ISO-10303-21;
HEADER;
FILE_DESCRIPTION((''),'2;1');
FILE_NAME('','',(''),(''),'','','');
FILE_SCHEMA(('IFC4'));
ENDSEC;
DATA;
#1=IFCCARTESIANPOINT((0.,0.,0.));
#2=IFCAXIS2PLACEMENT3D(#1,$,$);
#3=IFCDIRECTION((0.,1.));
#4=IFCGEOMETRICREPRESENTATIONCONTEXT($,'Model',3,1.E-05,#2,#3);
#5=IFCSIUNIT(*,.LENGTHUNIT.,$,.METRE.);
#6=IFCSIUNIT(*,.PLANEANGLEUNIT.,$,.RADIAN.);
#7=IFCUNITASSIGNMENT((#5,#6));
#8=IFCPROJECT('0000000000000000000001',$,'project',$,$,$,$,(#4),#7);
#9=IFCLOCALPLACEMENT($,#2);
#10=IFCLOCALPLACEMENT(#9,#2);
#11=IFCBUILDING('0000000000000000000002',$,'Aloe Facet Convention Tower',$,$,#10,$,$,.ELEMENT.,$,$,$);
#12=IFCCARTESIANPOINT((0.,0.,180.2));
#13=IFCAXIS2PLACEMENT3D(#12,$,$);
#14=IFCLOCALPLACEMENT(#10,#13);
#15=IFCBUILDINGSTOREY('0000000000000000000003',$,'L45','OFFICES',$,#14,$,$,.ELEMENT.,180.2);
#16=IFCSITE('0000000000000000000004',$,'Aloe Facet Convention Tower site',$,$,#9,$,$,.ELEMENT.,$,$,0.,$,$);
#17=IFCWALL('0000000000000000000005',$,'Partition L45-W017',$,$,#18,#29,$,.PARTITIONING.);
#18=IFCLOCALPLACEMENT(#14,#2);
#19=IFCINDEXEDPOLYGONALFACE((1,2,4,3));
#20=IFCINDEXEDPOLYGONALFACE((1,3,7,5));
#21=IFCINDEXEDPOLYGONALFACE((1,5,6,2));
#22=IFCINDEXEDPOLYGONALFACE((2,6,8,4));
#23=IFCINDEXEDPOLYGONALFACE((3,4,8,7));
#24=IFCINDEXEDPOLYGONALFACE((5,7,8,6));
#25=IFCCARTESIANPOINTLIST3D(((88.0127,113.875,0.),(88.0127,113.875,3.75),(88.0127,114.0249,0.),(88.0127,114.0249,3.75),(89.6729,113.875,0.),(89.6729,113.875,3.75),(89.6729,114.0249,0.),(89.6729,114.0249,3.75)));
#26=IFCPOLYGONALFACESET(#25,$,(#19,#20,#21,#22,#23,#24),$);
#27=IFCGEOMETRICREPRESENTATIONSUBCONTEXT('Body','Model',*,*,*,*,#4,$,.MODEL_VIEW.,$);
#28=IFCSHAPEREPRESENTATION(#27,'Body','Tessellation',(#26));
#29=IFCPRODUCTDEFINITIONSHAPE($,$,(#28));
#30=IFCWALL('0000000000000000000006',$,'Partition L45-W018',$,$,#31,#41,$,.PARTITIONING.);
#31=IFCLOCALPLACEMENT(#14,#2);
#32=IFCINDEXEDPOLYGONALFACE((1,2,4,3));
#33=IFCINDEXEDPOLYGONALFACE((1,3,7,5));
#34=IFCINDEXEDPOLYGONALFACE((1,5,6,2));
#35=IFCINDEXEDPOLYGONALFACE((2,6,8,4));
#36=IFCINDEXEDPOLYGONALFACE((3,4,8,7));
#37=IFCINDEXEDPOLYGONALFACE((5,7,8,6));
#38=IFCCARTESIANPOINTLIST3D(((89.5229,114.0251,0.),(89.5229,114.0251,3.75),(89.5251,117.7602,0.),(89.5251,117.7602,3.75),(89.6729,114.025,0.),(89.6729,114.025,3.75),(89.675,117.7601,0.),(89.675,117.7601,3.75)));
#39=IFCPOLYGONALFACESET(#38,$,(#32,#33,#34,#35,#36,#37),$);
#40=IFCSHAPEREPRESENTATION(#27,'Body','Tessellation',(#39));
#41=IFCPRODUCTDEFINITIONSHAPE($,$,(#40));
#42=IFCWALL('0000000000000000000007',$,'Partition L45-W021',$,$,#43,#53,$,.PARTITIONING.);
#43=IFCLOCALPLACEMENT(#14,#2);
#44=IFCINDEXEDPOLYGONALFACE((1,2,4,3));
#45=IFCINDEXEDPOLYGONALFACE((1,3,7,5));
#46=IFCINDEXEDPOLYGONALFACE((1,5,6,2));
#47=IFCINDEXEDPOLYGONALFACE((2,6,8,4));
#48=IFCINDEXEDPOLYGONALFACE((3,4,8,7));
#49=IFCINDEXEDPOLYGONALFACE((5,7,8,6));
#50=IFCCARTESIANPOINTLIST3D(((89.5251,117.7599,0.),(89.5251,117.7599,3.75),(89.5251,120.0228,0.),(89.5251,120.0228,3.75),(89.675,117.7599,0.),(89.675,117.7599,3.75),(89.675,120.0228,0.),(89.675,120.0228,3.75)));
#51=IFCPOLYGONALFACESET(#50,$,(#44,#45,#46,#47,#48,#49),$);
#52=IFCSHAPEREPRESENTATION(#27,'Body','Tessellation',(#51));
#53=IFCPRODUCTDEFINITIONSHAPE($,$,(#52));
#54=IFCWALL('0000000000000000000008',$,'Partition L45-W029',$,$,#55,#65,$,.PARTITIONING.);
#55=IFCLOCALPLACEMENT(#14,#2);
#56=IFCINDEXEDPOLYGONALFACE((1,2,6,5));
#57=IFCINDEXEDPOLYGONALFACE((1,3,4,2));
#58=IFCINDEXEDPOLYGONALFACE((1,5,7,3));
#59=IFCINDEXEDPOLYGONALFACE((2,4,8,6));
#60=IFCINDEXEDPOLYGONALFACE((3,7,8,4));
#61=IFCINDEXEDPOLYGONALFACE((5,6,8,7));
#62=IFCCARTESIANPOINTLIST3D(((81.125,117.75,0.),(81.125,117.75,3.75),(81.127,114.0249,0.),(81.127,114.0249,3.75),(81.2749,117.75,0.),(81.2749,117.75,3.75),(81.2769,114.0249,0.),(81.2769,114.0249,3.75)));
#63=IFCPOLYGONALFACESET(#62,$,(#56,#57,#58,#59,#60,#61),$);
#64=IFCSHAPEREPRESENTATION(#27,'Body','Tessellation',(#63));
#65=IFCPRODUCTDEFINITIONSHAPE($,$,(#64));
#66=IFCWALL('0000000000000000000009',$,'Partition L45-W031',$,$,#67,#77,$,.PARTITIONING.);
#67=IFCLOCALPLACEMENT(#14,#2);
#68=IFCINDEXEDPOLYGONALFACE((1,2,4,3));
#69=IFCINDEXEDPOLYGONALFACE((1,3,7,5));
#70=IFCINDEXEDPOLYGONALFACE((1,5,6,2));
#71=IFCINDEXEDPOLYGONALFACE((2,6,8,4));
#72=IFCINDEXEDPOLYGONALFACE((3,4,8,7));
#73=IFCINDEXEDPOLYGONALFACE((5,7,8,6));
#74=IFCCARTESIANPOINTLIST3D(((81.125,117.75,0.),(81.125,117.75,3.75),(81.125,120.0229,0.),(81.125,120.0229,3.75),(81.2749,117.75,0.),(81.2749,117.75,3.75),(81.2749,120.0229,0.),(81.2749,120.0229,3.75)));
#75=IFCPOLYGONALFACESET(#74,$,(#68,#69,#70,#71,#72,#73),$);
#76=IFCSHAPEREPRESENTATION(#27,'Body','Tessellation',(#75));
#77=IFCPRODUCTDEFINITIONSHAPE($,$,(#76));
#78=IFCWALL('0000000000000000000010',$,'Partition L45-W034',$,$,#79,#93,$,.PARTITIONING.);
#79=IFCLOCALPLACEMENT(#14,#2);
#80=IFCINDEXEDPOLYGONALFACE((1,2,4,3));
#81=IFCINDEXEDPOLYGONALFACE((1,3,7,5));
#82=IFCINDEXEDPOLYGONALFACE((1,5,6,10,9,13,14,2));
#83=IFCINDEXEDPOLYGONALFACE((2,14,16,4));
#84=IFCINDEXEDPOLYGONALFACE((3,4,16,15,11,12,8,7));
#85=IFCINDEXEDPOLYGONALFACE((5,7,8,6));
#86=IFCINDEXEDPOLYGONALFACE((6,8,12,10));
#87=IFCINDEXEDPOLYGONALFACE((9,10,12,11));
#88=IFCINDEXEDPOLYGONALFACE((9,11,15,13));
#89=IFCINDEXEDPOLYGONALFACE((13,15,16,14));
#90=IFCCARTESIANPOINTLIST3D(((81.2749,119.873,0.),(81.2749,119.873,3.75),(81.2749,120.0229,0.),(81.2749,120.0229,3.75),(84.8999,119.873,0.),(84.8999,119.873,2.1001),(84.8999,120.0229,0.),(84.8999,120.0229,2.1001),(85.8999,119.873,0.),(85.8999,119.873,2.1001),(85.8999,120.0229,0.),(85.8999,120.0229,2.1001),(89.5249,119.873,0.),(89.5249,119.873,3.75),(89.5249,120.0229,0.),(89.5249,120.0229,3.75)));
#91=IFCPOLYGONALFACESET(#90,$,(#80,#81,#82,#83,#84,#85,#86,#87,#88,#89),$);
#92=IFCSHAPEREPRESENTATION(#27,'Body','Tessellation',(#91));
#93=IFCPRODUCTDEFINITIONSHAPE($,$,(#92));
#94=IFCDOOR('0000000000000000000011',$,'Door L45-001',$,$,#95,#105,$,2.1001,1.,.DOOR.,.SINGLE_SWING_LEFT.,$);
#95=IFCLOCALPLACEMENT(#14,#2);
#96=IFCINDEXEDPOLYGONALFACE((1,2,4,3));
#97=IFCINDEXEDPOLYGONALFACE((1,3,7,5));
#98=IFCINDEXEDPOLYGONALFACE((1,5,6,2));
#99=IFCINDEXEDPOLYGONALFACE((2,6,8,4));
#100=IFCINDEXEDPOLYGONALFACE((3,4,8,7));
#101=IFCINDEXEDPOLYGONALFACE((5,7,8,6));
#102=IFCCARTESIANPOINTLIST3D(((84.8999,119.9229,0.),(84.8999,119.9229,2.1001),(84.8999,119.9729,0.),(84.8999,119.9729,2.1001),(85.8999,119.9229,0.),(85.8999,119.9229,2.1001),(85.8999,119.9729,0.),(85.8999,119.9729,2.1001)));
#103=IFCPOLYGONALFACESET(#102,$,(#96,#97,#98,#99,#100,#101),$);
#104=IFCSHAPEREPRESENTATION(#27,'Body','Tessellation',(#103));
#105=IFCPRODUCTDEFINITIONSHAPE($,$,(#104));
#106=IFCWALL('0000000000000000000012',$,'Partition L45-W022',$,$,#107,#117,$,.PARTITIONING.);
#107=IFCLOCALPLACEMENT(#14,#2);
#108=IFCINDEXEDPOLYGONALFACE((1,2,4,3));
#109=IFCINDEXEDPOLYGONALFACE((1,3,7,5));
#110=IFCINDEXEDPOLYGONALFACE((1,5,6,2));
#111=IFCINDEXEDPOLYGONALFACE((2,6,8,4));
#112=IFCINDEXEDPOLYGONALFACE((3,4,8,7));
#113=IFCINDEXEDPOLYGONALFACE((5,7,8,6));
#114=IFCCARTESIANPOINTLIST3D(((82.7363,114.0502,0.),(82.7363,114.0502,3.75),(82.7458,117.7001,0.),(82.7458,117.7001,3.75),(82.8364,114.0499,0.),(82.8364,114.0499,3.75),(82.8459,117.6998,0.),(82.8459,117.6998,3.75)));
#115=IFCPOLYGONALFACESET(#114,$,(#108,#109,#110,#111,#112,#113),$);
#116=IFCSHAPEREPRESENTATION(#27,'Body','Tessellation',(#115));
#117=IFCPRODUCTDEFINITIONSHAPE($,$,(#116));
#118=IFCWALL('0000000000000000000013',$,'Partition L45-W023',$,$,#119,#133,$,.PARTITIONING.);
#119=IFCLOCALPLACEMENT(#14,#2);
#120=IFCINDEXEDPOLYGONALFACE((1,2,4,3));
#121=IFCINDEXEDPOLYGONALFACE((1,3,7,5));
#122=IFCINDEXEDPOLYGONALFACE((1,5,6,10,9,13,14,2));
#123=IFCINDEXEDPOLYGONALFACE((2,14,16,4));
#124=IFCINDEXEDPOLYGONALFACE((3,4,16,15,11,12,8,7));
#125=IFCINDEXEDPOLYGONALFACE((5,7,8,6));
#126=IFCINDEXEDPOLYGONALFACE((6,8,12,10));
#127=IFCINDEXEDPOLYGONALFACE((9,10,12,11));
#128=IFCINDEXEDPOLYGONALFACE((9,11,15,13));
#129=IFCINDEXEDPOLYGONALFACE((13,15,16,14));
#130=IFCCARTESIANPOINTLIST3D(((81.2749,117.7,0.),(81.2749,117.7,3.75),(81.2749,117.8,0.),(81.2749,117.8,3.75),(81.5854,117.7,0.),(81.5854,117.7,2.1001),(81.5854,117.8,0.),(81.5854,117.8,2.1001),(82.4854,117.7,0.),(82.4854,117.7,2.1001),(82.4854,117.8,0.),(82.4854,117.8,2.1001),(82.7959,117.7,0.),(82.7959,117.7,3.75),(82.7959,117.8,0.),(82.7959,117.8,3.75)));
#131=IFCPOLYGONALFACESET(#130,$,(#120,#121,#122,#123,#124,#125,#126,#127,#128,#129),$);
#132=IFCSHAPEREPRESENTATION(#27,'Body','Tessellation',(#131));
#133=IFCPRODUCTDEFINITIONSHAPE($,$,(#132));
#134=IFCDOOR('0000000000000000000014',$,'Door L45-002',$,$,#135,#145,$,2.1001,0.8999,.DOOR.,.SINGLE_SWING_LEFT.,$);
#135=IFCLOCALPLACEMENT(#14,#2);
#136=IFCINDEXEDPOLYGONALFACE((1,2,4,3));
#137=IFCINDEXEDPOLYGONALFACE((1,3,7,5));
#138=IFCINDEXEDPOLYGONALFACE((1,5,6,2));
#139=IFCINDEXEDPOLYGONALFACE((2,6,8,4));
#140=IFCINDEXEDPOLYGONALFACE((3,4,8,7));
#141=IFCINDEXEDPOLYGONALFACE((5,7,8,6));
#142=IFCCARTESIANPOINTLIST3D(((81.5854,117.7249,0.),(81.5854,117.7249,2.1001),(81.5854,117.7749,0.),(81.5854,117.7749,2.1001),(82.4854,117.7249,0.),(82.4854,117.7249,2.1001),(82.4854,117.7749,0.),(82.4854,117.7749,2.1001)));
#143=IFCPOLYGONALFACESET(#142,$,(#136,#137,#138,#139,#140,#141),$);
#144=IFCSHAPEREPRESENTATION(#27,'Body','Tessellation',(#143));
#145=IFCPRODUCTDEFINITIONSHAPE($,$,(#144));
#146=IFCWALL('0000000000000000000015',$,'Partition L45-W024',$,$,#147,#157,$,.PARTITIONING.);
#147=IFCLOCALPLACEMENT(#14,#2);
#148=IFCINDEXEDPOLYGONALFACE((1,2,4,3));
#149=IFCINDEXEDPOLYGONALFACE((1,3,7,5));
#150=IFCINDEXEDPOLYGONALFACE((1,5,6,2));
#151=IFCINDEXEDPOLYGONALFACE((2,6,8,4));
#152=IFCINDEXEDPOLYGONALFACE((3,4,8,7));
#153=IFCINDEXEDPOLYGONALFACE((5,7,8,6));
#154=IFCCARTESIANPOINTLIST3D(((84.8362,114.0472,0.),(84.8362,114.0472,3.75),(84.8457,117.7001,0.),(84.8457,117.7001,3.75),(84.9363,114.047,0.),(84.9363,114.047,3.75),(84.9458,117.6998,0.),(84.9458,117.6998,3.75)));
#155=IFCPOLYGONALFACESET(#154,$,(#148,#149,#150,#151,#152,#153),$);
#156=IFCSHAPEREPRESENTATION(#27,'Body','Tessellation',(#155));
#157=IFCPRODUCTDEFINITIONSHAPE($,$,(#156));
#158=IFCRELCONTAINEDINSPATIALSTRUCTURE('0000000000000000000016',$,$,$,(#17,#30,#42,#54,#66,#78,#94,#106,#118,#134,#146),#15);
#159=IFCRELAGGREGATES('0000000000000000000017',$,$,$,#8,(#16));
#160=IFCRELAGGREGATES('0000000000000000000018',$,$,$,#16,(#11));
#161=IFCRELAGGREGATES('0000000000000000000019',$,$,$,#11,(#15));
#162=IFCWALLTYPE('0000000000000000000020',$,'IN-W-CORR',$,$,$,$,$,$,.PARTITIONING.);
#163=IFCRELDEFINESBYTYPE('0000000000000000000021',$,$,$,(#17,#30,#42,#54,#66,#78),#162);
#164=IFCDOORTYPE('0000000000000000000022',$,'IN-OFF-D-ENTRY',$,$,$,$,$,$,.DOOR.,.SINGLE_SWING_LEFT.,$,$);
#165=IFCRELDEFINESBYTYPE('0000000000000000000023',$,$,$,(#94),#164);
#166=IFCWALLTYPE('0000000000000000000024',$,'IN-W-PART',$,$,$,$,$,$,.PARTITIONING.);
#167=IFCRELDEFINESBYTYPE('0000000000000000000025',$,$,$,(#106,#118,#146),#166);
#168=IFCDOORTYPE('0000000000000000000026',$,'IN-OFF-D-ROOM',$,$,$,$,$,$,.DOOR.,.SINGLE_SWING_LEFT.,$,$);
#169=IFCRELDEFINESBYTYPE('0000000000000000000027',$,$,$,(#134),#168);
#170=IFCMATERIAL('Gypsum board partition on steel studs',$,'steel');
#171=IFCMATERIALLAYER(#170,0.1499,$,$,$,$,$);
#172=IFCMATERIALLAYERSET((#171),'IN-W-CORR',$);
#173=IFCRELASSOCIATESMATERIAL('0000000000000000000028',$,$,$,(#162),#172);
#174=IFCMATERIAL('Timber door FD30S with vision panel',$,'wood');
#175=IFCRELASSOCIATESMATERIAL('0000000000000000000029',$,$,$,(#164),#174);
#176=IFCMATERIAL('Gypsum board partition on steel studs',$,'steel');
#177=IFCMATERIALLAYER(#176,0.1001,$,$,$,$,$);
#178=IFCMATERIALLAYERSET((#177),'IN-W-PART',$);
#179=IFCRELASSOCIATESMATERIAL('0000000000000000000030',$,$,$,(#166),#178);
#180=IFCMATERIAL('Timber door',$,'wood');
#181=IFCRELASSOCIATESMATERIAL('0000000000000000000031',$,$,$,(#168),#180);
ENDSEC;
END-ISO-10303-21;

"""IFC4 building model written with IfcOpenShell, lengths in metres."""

from ifc_helpers import new_model, si_unit, direction, frame, frame_2d, origin, place, context, subcontext, project, spatial, rectangle, extrude, material, layer, layer_set, type_object, element, fill, save


model = new_model("IFC4")

# Units and contexts
model_context = context("Model", 3, precision=1e-05, world=origin(), true_north=direction((0.0, 1.0)))
body_context = subcontext(model_context, "Body", "Model", "MODEL_VIEW")
ifc_project = project(units=[si_unit("LENGTHUNIT", "METRE"), si_unit("PLANEANGLEUNIT", "RADIAN")], contexts=[model_context])

# Site, building, storey
site_placement = place(None, origin())
site = spatial("IfcSite", under=ifc_project, at=site_placement, Name="Aloe Facet Convention Tower site", CompositionType="ELEMENT", RefElevation=0.0)
building_placement = place(site_placement, origin())
building = spatial("IfcBuilding", under=site, at=building_placement, Name="Aloe Facet Convention Tower", CompositionType="ELEMENT")
storey_placement = place(building_placement, frame((0.0, 0.0, 180.2)))
storey = spatial("IfcBuildingStorey", under=building, at=storey_placement, Name="L45", Description="OFFICES", CompositionType="ELEMENT", Elevation=180.2)

# Walls
ifc_material_1 = material(Name="Gypsum board partition on steel studs", Category="steel")
ifc_layer_1 = layer(ifc_material_1, 0.1499)
ifc_layer_set_1 = layer_set([ifc_layer_1], Name="IN-W-CORR")
wall_type_1 = type_object("IfcWallType", Name="IN-W-CORR", PredefinedType="PARTITIONING", material=ifc_layer_set_1)
wall_1_placement = place(storey_placement, frame((88.0127, 113.95, 0.0), z_axis=(0.0, 0.0, 1.0), x_axis=(1.0, 0.0, 0.0)))
element("IfcWall", 1, at=wall_1_placement, inside=storey, type_object=wall_type_1, Name="Partition L45-W017", PredefinedType="PARTITIONING", context=body_context, shape_type="SweptSolid", body=[
    extrude(rectangle(XDim=1.6602, YDim=0.1499, at=frame_2d((0.8301, 0.0))), origin(), (0.0, 0.0, 1.0), 3.75),
])
wall_2_placement = place(storey_placement, frame((89.5979, 114.0249, 0.0), z_axis=(0.0, 0.0, 1.0), x_axis=(0.000588, 1.0, 0.0)))
element("IfcWall", 2, at=wall_2_placement, inside=storey, type_object=wall_type_1, Name="Partition L45-W018", PredefinedType="PARTITIONING", context=body_context, shape_type="SweptSolid", body=[
    extrude(rectangle(XDim=3.7351, YDim=0.1499, at=frame_2d((1.8677, 0.0))), origin(), (0.0, 0.0, 1.0), 3.75),
])
wall_3_placement = place(storey_placement, frame((89.6001, 117.76, 0.0), z_axis=(0.0, 0.0, 1.0), x_axis=(0.0, 1.0, 0.0)))
element("IfcWall", 3, at=wall_3_placement, inside=storey, type_object=wall_type_1, Name="Partition L45-W021", PredefinedType="PARTITIONING", context=body_context, shape_type="SweptSolid", body=[
    extrude(rectangle(XDim=2.2629, YDim=0.1499, at=frame_2d((1.1313, 0.0))), origin(), (0.0, 0.0, 1.0), 3.75),
])
wall_4_placement = place(storey_placement, frame((81.2019, 114.0249, 0.0), z_axis=(0.0, 0.0, 1.0), x_axis=(-0.000524, 1.0, 0.0)))
element("IfcWall", 4, at=wall_4_placement, inside=storey, type_object=wall_type_1, Name="Partition L45-W029", PredefinedType="PARTITIONING", context=body_context, shape_type="SweptSolid", body=[
    extrude(rectangle(XDim=3.7251, YDim=0.1499, at=frame_2d((1.8625, 0.0))), origin(), (0.0, 0.0, 1.0), 3.75),
])
wall_5_placement = place(storey_placement, frame((81.2, 117.75, 0.0), z_axis=(0.0, 0.0, 1.0), x_axis=(0.0, 1.0, 0.0)))
element("IfcWall", 5, at=wall_5_placement, inside=storey, type_object=wall_type_1, Name="Partition L45-W031", PredefinedType="PARTITIONING", context=body_context, shape_type="SweptSolid", body=[
    extrude(rectangle(XDim=2.2729, YDim=0.1499, at=frame_2d((1.1365, 0.0))), origin(), (0.0, 0.0, 1.0), 3.75),
])

# Wall, opening, door
wall_6_placement = place(storey_placement, frame((81.2749, 119.948, 0.0), z_axis=(0.0, 0.0, 1.0), x_axis=(1.0, 0.0, 0.0)))
wall_6 = element("IfcWall", 6, at=wall_6_placement, inside=storey, type_object=wall_type_1, Name="Partition L45-W034", PredefinedType="PARTITIONING", context=body_context, shape_type="SweptSolid", body=[
    extrude(rectangle(XDim=8.25, YDim=0.1499, at=frame_2d((4.125, 0.0))), origin(), (0.0, 0.0, 1.0), 3.75),
])
opening_1_placement = place(wall_6_placement, frame((3.625, 0.0, 0.0)))
opening_1 = element("IfcOpeningElement", 7, at=opening_1_placement, cuts=wall_6, PredefinedType="OPENING", context=body_context, shape_type="SweptSolid", body=[
    extrude(rectangle(XDim=1.0, YDim=2.1001, at=frame_2d((0.5, 1.05))), frame((0.0, 0.085, 0.0), z_axis=(0.0, -1.0, 0.0), x_axis=(1.0, 0.0, 0.0)), (0.0, 0.0, 1.0), 0.1699),
])
ifc_material_2 = material(Name="Timber door FD30S with vision panel", Category="wood")
door_type_1 = type_object("IfcDoorType", Name="IN-OFF-D-ENTRY", OperationType="SINGLE_SWING_LEFT", PredefinedType="DOOR", material=ifc_material_2)
door_1_placement = place(opening_1_placement, origin())
door_1 = element("IfcDoor", 8, at=door_1_placement, inside=storey, type_object=door_type_1, Name="Door L45-001", OperationType="SINGLE_SWING_LEFT", OverallHeight=2.1001, OverallWidth=1.0, PredefinedType="DOOR", context=body_context, shape_type="SweptSolid", body=[
    extrude(rectangle(XDim=1.0, YDim=2.1001, at=frame_2d((0.5, 1.05))), frame((0.0, 0.0249, 0.0), z_axis=(0.0, -1.0, 0.0), x_axis=(1.0, 0.0, 0.0)), (0.0, 0.0, 1.0), 0.05),
])
fill(opening_1, door_1)

# Wall
ifc_material_3 = material(Name="Gypsum board partition on steel studs", Category="steel")
ifc_layer_2 = layer(ifc_material_3, 0.1001)
ifc_layer_set_2 = layer_set([ifc_layer_2], Name="IN-W-PART")
wall_type_2 = type_object("IfcWallType", Name="IN-W-PART", PredefinedType="PARTITIONING", material=ifc_layer_set_2)
wall_7_placement = place(storey_placement, frame((82.7864, 114.05, 0.0), z_axis=(0.0, 0.0, 1.0), x_axis=(0.002609, 0.999997, 0.0)))
element("IfcWall", 9, at=wall_7_placement, inside=storey, type_object=wall_type_2, Name="Partition L45-W022", PredefinedType="PARTITIONING", context=body_context, shape_type="SweptSolid", body=[
    extrude(rectangle(XDim=3.6499, YDim=0.1001, at=frame_2d((1.825, 0.0))), origin(), (0.0, 0.0, 1.0), 3.75),
])

# Wall, opening, door
wall_8_placement = place(storey_placement, frame((81.2749, 117.75, 0.0), z_axis=(0.0, 0.0, 1.0), x_axis=(1.0, 0.0, 0.0)))
wall_8 = element("IfcWall", 10, at=wall_8_placement, inside=storey, type_object=wall_type_2, Name="Partition L45-W023", PredefinedType="PARTITIONING", context=body_context, shape_type="SweptSolid", body=[
    extrude(rectangle(XDim=1.521, YDim=0.1001, at=frame_2d((0.7605, 0.0))), origin(), (0.0, 0.0, 1.0), 3.75),
])
opening_2_placement = place(wall_8_placement, frame((0.3105, 0.0, 0.0)))
opening_2 = element("IfcOpeningElement", 11, at=opening_2_placement, cuts=wall_8, PredefinedType="OPENING", context=body_context, shape_type="SweptSolid", body=[
    extrude(rectangle(XDim=0.8999, YDim=2.1001, at=frame_2d((0.45, 1.05))), frame((0.0, 0.0601, 0.0), z_axis=(0.0, -1.0, 0.0), x_axis=(1.0, 0.0, 0.0)), (0.0, 0.0, 1.0), 0.1201),
])
ifc_material_4 = material(Name="Timber door", Category="wood")
door_type_2 = type_object("IfcDoorType", Name="IN-OFF-D-ROOM", OperationType="SINGLE_SWING_LEFT", PredefinedType="DOOR", material=ifc_material_4)
door_2_placement = place(opening_2_placement, origin())
door_2 = element("IfcDoor", 12, at=door_2_placement, inside=storey, type_object=door_type_2, Name="Door L45-002", OperationType="SINGLE_SWING_LEFT", OverallHeight=2.1001, OverallWidth=0.8999, PredefinedType="DOOR", context=body_context, shape_type="SweptSolid", body=[
    extrude(rectangle(XDim=0.8999, YDim=2.1001, at=frame_2d((0.45, 1.05))), frame((0.0, 0.0249, 0.0), z_axis=(0.0, -1.0, 0.0), x_axis=(1.0, 0.0, 0.0)), (0.0, 0.0, 1.0), 0.05),
])
fill(opening_2, door_2)

# Wall
wall_9_placement = place(storey_placement, frame((84.8862, 114.0471, 0.0), z_axis=(0.0, 0.0, 1.0), x_axis=(0.002607, 0.999997, 0.0)))
element("IfcWall", 13, at=wall_9_placement, inside=storey, type_object=wall_type_2, Name="Partition L45-W024", PredefinedType="PARTITIONING", context=body_context, shape_type="SweptSolid", body=[
    extrude(rectangle(XDim=3.6528, YDim=0.1001, at=frame_2d((1.8264, 0.0))), origin(), (0.0, 0.0, 1.0), 3.75),
])

save(model, "model.ifc")
